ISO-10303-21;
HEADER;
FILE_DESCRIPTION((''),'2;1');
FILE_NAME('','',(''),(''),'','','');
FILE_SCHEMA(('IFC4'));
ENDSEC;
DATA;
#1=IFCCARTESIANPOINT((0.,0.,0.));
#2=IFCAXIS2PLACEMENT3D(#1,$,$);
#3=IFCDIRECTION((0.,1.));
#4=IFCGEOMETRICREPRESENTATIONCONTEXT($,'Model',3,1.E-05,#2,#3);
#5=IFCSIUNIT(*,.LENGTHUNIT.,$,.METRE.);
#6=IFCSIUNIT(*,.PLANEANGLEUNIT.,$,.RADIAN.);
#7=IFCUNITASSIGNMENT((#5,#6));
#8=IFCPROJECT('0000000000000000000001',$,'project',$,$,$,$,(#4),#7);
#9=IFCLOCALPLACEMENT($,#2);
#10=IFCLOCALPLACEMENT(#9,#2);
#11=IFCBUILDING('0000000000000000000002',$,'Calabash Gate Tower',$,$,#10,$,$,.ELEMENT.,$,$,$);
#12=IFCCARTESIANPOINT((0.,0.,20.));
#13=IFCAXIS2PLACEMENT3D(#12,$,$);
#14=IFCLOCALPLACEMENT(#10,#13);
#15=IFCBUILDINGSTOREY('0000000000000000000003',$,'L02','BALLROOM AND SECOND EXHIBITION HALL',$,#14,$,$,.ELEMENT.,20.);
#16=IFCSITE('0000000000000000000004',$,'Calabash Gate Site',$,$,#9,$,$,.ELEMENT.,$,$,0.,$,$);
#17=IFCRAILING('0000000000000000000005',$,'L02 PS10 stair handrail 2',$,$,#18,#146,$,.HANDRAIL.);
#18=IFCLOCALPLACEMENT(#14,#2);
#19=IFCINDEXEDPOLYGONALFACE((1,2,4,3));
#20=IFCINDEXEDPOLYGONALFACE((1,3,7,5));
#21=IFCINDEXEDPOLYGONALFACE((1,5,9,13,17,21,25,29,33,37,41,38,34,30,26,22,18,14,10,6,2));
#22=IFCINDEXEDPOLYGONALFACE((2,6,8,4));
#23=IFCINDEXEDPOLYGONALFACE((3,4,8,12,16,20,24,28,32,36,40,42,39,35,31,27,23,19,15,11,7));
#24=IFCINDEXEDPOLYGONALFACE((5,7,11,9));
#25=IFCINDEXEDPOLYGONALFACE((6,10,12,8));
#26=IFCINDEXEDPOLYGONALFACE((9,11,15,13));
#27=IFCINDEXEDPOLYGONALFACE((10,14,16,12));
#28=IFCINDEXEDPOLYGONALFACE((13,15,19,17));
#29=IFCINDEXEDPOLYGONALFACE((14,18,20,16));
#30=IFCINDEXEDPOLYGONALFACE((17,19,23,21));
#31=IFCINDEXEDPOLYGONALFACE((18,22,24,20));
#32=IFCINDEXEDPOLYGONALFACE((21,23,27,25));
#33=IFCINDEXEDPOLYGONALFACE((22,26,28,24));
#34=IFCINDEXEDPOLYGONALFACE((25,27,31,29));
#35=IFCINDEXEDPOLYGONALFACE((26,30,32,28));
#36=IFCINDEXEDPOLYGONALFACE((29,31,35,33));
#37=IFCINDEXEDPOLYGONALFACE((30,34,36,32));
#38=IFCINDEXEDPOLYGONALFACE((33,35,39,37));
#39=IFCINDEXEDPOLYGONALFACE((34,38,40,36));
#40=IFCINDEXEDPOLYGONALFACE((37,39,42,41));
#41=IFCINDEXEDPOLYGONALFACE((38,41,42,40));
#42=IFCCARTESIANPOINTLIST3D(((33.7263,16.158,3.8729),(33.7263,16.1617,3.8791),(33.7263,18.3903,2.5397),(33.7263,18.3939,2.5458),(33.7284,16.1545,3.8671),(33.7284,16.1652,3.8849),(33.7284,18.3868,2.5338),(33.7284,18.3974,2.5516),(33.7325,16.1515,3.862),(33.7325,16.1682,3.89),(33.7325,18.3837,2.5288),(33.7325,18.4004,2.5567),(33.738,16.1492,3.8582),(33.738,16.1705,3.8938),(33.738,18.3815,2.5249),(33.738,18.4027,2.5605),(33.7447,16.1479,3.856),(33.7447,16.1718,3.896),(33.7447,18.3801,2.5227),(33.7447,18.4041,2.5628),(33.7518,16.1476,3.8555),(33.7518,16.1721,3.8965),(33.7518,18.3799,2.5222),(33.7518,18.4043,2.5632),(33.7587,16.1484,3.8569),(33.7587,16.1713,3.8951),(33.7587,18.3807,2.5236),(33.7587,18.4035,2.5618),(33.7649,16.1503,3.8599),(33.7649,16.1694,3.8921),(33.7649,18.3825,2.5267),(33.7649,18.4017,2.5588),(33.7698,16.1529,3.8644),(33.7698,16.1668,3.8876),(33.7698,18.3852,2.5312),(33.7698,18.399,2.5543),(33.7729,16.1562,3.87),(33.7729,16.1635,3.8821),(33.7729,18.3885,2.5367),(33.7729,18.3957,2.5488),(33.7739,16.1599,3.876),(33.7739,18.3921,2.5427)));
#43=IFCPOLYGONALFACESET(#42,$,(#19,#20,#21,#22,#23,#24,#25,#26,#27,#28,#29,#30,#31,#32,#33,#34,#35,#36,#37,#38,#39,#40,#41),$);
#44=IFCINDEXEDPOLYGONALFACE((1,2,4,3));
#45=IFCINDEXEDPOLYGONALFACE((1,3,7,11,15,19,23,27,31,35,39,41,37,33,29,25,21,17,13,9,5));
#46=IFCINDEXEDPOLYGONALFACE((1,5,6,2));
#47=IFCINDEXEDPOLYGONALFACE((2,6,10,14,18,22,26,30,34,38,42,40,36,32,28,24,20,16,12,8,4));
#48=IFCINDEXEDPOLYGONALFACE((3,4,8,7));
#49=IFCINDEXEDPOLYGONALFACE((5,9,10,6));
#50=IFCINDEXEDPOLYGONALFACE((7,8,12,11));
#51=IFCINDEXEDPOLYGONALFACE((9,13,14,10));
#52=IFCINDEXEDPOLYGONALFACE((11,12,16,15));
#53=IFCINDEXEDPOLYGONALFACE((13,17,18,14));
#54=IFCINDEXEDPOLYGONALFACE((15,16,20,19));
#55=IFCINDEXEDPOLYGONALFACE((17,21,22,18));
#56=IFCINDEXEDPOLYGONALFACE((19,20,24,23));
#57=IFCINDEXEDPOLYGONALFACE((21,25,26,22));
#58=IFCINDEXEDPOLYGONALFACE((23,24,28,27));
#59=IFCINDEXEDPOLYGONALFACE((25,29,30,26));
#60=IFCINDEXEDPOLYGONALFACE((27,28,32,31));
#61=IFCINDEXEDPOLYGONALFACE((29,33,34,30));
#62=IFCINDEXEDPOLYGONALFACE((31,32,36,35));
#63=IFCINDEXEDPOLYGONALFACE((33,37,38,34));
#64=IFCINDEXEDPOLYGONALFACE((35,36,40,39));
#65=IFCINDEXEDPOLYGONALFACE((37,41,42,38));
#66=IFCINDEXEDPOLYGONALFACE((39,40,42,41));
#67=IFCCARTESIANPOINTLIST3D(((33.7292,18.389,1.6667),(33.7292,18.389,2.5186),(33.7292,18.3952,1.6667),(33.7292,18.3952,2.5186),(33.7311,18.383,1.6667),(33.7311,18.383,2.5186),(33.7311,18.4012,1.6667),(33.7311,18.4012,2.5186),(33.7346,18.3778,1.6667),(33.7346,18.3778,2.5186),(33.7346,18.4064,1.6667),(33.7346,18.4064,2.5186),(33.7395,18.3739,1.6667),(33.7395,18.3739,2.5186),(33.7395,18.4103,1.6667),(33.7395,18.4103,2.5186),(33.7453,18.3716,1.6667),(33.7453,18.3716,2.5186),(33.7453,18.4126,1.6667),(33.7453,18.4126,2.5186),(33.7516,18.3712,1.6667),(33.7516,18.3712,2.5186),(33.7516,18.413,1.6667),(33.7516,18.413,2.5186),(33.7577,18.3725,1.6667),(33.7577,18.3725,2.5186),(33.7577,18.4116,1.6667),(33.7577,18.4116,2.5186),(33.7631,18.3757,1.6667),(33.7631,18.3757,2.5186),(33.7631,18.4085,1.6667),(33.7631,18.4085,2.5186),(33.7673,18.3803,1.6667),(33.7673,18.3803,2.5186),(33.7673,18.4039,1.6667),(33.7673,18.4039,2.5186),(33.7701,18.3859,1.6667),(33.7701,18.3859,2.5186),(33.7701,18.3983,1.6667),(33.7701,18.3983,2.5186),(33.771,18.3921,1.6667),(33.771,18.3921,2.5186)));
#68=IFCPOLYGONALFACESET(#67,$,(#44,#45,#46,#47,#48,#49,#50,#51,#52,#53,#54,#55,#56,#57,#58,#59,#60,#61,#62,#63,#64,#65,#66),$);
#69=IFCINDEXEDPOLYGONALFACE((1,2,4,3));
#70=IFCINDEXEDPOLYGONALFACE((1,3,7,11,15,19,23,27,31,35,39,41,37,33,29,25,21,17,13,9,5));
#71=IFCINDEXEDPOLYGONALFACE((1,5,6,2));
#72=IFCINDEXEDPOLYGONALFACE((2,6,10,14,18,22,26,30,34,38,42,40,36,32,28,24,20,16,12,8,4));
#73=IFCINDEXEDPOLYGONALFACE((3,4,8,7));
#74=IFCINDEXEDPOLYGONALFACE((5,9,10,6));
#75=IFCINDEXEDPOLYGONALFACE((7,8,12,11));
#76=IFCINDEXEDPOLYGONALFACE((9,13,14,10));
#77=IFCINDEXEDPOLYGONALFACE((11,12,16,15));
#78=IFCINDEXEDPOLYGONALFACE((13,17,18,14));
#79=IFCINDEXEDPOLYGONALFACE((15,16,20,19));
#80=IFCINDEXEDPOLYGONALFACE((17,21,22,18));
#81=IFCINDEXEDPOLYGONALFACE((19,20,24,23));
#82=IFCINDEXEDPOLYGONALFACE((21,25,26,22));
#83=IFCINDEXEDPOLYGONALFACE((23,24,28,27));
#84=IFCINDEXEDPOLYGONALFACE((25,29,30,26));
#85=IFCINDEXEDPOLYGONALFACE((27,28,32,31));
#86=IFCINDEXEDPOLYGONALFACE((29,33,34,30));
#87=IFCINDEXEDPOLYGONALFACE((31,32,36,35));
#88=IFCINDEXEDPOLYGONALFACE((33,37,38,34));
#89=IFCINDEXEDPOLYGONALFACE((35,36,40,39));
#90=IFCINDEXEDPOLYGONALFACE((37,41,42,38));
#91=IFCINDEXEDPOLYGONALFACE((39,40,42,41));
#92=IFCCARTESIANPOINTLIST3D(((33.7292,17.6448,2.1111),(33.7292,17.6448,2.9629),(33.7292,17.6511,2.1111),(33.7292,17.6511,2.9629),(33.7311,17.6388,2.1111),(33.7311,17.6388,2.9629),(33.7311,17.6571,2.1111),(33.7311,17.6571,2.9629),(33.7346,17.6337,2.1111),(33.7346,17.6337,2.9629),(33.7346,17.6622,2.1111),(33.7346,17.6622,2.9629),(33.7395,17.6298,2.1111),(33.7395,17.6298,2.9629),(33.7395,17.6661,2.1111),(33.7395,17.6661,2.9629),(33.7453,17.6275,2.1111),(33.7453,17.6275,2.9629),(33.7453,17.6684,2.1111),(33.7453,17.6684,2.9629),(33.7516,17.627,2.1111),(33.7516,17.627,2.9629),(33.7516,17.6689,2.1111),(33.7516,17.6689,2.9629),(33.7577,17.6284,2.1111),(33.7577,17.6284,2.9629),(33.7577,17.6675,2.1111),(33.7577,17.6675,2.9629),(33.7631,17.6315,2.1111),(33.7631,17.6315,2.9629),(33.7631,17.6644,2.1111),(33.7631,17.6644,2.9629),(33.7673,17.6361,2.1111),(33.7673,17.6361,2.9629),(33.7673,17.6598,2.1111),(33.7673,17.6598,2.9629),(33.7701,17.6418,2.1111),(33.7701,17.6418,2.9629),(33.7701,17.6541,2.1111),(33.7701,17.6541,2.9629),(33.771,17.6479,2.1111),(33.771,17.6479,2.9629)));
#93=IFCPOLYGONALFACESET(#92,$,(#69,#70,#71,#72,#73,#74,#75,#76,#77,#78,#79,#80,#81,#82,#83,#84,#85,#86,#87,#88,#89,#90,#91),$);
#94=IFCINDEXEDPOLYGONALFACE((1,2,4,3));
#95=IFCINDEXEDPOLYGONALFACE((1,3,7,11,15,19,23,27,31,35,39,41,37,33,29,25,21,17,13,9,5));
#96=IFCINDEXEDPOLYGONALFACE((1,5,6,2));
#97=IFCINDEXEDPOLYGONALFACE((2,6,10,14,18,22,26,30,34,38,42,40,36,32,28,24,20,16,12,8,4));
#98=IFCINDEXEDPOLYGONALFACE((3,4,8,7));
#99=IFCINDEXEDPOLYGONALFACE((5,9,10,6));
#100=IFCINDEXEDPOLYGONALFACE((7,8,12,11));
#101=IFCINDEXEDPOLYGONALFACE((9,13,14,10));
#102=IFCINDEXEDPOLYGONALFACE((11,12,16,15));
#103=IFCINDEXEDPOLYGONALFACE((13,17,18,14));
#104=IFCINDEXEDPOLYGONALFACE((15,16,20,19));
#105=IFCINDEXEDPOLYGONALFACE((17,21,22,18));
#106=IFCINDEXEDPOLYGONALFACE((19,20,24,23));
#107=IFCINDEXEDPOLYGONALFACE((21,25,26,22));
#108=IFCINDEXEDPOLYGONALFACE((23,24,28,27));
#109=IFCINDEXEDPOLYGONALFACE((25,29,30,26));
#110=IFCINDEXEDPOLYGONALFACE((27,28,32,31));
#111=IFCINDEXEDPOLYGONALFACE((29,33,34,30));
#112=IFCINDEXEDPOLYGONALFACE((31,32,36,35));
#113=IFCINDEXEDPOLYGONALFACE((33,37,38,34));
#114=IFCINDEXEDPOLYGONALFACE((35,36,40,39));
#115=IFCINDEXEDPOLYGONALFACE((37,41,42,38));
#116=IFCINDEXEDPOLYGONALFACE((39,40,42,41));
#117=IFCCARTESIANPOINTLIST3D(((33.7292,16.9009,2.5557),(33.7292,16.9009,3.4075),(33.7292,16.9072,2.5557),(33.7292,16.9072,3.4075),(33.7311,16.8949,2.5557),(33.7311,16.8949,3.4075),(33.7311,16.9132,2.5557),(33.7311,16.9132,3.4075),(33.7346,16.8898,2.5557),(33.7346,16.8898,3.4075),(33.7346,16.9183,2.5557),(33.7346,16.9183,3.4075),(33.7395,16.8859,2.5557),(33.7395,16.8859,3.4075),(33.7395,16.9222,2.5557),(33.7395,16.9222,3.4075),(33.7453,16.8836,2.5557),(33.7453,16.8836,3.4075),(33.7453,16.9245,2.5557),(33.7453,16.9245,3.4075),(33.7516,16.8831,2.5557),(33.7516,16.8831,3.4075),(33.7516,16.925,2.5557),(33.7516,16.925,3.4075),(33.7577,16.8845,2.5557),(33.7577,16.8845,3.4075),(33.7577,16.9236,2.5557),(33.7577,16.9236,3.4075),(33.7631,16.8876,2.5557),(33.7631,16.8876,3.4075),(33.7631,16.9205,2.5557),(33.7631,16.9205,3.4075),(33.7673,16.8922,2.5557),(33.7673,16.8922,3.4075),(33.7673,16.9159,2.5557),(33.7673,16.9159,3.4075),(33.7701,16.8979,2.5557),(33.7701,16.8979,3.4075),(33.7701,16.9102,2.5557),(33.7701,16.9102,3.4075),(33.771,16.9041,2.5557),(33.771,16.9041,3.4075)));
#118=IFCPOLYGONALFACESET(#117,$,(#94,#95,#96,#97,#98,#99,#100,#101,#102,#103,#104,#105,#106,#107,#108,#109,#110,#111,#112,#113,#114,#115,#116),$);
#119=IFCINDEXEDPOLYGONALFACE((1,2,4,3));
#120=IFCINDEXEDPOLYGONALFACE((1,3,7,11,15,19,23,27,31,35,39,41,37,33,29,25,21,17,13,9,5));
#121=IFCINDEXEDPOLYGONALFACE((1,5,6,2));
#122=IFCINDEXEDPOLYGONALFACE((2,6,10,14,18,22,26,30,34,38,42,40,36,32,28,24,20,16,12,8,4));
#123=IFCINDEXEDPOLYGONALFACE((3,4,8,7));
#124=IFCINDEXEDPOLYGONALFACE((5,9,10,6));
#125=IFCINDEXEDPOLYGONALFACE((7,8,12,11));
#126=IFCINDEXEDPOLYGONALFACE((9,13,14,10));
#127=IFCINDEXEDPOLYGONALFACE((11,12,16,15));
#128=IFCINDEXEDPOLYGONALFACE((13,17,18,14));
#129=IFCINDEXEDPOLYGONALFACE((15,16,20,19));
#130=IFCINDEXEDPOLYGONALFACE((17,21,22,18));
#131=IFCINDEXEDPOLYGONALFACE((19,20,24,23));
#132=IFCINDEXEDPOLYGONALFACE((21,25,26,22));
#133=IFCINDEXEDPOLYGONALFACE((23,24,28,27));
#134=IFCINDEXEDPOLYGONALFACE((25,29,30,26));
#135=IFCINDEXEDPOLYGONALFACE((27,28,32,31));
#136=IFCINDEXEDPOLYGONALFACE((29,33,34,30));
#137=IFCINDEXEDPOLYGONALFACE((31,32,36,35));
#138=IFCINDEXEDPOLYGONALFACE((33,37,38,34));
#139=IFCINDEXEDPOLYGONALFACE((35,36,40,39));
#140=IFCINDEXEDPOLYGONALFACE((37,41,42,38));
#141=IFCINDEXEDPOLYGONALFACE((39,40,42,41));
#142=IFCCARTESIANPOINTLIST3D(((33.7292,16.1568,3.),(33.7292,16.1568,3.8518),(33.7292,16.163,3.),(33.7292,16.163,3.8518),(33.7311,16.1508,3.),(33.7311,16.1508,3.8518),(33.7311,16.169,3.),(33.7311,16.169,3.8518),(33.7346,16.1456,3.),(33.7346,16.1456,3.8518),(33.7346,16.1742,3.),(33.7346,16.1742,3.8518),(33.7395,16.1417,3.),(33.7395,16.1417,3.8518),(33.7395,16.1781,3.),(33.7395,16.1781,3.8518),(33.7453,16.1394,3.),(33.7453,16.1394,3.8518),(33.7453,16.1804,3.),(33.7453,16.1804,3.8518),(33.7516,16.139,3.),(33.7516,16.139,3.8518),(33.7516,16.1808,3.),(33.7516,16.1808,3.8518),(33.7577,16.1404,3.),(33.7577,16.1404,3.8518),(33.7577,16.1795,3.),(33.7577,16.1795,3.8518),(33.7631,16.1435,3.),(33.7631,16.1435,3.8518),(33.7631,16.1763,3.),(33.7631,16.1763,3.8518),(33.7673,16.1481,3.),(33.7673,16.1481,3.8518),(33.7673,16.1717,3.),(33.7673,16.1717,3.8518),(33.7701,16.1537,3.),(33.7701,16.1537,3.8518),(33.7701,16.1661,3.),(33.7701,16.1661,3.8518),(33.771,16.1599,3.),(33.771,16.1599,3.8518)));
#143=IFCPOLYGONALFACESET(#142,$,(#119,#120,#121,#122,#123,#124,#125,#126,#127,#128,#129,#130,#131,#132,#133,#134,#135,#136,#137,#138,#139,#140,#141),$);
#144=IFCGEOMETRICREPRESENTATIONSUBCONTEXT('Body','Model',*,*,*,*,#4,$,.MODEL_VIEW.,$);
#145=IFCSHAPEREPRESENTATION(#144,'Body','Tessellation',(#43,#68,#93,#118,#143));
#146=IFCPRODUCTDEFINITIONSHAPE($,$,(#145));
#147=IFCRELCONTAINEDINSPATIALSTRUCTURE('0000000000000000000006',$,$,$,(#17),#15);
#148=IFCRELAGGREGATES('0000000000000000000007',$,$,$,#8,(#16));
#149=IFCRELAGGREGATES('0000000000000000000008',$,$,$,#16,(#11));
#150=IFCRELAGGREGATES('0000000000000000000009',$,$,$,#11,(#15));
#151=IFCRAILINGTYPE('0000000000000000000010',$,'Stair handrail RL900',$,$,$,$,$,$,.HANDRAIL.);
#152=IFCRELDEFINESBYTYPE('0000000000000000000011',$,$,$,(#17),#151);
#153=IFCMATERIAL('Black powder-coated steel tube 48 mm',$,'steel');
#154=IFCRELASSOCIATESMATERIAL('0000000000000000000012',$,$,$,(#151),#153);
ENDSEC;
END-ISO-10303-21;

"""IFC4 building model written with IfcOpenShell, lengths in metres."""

from ifc_helpers import new_model, si_unit, direction, frame, origin, origin_2d, place, context, subcontext, project, spatial, circle, extrude, material, type_object, element, save


model = new_model("IFC4")

# Units and contexts
model_context = context("Model", 3, precision=1e-05, world=origin(), true_north=direction((0.0, 1.0)))
body_context = subcontext(model_context, "Body", "Model", "MODEL_VIEW")
ifc_project = project(units=[si_unit("LENGTHUNIT", "METRE"), si_unit("PLANEANGLEUNIT", "RADIAN")], contexts=[model_context])

# Site, building, storey
site_placement = place(None, origin())
site = spatial("IfcSite", under=ifc_project, at=site_placement, Name="Calabash Gate Site", CompositionType="ELEMENT", RefElevation=0.0)
building_placement = place(site_placement, origin())
building = spatial("IfcBuilding", under=site, at=building_placement, Name="Calabash Gate Tower", CompositionType="ELEMENT")
storey_placement = place(building_placement, frame((0.0, 0.0, 20.0)))
storey = spatial("IfcBuildingStorey", under=building, at=storey_placement, Name="L02", Description="BALLROOM AND SECOND EXHIBITION HALL", CompositionType="ELEMENT", Elevation=20.0)

# Railing
ifc_material_1 = material(Name="Black powder-coated steel tube 48 mm", Category="steel")
railing_type = type_object("IfcRailingType", Name="Stair handrail RL900", PredefinedType="HANDRAIL", material=ifc_material_1)
for number, where, name in (
    (1, (33.75, 18.3921, 1.6667), "L02 PS10 stair handrail 2"),
):
    element("IfcRailing", number, at=place(storey_placement, frame(where)), inside=storey, type_object=railing_type, Name=name, PredefinedType="HANDRAIL", context=body_context, shape_type="SweptSolid", body=[
        extrude(circle(Radius=0.0239, at=origin_2d()), frame((0.0, 0.0, 0.876), z_axis=(0.0, -0.858519, 0.512782), x_axis=(1.0, 0.0, 0.0)), (0.0, 0.0, 1.0), 2.6001),
        extrude(circle(Radius=0.021, at=origin_2d()), origin(), (0.0, 0.0, 1.0), 0.8518),
        extrude(circle(Radius=0.021, at=origin_2d()), frame((0.0, -0.7441, 0.4443)), (0.0, 0.0, 1.0), 0.8518),
        extrude(circle(Radius=0.021, at=origin_2d()), frame((0.0, -1.488, 0.8889)), (0.0, 0.0, 1.0), 0.8518),
        extrude(circle(Radius=0.021, at=origin_2d()), frame((0.0, -2.2322, 1.3333)), (0.0, 0.0, 1.0), 0.8518),
    ])

save(model, "model.ifc")
